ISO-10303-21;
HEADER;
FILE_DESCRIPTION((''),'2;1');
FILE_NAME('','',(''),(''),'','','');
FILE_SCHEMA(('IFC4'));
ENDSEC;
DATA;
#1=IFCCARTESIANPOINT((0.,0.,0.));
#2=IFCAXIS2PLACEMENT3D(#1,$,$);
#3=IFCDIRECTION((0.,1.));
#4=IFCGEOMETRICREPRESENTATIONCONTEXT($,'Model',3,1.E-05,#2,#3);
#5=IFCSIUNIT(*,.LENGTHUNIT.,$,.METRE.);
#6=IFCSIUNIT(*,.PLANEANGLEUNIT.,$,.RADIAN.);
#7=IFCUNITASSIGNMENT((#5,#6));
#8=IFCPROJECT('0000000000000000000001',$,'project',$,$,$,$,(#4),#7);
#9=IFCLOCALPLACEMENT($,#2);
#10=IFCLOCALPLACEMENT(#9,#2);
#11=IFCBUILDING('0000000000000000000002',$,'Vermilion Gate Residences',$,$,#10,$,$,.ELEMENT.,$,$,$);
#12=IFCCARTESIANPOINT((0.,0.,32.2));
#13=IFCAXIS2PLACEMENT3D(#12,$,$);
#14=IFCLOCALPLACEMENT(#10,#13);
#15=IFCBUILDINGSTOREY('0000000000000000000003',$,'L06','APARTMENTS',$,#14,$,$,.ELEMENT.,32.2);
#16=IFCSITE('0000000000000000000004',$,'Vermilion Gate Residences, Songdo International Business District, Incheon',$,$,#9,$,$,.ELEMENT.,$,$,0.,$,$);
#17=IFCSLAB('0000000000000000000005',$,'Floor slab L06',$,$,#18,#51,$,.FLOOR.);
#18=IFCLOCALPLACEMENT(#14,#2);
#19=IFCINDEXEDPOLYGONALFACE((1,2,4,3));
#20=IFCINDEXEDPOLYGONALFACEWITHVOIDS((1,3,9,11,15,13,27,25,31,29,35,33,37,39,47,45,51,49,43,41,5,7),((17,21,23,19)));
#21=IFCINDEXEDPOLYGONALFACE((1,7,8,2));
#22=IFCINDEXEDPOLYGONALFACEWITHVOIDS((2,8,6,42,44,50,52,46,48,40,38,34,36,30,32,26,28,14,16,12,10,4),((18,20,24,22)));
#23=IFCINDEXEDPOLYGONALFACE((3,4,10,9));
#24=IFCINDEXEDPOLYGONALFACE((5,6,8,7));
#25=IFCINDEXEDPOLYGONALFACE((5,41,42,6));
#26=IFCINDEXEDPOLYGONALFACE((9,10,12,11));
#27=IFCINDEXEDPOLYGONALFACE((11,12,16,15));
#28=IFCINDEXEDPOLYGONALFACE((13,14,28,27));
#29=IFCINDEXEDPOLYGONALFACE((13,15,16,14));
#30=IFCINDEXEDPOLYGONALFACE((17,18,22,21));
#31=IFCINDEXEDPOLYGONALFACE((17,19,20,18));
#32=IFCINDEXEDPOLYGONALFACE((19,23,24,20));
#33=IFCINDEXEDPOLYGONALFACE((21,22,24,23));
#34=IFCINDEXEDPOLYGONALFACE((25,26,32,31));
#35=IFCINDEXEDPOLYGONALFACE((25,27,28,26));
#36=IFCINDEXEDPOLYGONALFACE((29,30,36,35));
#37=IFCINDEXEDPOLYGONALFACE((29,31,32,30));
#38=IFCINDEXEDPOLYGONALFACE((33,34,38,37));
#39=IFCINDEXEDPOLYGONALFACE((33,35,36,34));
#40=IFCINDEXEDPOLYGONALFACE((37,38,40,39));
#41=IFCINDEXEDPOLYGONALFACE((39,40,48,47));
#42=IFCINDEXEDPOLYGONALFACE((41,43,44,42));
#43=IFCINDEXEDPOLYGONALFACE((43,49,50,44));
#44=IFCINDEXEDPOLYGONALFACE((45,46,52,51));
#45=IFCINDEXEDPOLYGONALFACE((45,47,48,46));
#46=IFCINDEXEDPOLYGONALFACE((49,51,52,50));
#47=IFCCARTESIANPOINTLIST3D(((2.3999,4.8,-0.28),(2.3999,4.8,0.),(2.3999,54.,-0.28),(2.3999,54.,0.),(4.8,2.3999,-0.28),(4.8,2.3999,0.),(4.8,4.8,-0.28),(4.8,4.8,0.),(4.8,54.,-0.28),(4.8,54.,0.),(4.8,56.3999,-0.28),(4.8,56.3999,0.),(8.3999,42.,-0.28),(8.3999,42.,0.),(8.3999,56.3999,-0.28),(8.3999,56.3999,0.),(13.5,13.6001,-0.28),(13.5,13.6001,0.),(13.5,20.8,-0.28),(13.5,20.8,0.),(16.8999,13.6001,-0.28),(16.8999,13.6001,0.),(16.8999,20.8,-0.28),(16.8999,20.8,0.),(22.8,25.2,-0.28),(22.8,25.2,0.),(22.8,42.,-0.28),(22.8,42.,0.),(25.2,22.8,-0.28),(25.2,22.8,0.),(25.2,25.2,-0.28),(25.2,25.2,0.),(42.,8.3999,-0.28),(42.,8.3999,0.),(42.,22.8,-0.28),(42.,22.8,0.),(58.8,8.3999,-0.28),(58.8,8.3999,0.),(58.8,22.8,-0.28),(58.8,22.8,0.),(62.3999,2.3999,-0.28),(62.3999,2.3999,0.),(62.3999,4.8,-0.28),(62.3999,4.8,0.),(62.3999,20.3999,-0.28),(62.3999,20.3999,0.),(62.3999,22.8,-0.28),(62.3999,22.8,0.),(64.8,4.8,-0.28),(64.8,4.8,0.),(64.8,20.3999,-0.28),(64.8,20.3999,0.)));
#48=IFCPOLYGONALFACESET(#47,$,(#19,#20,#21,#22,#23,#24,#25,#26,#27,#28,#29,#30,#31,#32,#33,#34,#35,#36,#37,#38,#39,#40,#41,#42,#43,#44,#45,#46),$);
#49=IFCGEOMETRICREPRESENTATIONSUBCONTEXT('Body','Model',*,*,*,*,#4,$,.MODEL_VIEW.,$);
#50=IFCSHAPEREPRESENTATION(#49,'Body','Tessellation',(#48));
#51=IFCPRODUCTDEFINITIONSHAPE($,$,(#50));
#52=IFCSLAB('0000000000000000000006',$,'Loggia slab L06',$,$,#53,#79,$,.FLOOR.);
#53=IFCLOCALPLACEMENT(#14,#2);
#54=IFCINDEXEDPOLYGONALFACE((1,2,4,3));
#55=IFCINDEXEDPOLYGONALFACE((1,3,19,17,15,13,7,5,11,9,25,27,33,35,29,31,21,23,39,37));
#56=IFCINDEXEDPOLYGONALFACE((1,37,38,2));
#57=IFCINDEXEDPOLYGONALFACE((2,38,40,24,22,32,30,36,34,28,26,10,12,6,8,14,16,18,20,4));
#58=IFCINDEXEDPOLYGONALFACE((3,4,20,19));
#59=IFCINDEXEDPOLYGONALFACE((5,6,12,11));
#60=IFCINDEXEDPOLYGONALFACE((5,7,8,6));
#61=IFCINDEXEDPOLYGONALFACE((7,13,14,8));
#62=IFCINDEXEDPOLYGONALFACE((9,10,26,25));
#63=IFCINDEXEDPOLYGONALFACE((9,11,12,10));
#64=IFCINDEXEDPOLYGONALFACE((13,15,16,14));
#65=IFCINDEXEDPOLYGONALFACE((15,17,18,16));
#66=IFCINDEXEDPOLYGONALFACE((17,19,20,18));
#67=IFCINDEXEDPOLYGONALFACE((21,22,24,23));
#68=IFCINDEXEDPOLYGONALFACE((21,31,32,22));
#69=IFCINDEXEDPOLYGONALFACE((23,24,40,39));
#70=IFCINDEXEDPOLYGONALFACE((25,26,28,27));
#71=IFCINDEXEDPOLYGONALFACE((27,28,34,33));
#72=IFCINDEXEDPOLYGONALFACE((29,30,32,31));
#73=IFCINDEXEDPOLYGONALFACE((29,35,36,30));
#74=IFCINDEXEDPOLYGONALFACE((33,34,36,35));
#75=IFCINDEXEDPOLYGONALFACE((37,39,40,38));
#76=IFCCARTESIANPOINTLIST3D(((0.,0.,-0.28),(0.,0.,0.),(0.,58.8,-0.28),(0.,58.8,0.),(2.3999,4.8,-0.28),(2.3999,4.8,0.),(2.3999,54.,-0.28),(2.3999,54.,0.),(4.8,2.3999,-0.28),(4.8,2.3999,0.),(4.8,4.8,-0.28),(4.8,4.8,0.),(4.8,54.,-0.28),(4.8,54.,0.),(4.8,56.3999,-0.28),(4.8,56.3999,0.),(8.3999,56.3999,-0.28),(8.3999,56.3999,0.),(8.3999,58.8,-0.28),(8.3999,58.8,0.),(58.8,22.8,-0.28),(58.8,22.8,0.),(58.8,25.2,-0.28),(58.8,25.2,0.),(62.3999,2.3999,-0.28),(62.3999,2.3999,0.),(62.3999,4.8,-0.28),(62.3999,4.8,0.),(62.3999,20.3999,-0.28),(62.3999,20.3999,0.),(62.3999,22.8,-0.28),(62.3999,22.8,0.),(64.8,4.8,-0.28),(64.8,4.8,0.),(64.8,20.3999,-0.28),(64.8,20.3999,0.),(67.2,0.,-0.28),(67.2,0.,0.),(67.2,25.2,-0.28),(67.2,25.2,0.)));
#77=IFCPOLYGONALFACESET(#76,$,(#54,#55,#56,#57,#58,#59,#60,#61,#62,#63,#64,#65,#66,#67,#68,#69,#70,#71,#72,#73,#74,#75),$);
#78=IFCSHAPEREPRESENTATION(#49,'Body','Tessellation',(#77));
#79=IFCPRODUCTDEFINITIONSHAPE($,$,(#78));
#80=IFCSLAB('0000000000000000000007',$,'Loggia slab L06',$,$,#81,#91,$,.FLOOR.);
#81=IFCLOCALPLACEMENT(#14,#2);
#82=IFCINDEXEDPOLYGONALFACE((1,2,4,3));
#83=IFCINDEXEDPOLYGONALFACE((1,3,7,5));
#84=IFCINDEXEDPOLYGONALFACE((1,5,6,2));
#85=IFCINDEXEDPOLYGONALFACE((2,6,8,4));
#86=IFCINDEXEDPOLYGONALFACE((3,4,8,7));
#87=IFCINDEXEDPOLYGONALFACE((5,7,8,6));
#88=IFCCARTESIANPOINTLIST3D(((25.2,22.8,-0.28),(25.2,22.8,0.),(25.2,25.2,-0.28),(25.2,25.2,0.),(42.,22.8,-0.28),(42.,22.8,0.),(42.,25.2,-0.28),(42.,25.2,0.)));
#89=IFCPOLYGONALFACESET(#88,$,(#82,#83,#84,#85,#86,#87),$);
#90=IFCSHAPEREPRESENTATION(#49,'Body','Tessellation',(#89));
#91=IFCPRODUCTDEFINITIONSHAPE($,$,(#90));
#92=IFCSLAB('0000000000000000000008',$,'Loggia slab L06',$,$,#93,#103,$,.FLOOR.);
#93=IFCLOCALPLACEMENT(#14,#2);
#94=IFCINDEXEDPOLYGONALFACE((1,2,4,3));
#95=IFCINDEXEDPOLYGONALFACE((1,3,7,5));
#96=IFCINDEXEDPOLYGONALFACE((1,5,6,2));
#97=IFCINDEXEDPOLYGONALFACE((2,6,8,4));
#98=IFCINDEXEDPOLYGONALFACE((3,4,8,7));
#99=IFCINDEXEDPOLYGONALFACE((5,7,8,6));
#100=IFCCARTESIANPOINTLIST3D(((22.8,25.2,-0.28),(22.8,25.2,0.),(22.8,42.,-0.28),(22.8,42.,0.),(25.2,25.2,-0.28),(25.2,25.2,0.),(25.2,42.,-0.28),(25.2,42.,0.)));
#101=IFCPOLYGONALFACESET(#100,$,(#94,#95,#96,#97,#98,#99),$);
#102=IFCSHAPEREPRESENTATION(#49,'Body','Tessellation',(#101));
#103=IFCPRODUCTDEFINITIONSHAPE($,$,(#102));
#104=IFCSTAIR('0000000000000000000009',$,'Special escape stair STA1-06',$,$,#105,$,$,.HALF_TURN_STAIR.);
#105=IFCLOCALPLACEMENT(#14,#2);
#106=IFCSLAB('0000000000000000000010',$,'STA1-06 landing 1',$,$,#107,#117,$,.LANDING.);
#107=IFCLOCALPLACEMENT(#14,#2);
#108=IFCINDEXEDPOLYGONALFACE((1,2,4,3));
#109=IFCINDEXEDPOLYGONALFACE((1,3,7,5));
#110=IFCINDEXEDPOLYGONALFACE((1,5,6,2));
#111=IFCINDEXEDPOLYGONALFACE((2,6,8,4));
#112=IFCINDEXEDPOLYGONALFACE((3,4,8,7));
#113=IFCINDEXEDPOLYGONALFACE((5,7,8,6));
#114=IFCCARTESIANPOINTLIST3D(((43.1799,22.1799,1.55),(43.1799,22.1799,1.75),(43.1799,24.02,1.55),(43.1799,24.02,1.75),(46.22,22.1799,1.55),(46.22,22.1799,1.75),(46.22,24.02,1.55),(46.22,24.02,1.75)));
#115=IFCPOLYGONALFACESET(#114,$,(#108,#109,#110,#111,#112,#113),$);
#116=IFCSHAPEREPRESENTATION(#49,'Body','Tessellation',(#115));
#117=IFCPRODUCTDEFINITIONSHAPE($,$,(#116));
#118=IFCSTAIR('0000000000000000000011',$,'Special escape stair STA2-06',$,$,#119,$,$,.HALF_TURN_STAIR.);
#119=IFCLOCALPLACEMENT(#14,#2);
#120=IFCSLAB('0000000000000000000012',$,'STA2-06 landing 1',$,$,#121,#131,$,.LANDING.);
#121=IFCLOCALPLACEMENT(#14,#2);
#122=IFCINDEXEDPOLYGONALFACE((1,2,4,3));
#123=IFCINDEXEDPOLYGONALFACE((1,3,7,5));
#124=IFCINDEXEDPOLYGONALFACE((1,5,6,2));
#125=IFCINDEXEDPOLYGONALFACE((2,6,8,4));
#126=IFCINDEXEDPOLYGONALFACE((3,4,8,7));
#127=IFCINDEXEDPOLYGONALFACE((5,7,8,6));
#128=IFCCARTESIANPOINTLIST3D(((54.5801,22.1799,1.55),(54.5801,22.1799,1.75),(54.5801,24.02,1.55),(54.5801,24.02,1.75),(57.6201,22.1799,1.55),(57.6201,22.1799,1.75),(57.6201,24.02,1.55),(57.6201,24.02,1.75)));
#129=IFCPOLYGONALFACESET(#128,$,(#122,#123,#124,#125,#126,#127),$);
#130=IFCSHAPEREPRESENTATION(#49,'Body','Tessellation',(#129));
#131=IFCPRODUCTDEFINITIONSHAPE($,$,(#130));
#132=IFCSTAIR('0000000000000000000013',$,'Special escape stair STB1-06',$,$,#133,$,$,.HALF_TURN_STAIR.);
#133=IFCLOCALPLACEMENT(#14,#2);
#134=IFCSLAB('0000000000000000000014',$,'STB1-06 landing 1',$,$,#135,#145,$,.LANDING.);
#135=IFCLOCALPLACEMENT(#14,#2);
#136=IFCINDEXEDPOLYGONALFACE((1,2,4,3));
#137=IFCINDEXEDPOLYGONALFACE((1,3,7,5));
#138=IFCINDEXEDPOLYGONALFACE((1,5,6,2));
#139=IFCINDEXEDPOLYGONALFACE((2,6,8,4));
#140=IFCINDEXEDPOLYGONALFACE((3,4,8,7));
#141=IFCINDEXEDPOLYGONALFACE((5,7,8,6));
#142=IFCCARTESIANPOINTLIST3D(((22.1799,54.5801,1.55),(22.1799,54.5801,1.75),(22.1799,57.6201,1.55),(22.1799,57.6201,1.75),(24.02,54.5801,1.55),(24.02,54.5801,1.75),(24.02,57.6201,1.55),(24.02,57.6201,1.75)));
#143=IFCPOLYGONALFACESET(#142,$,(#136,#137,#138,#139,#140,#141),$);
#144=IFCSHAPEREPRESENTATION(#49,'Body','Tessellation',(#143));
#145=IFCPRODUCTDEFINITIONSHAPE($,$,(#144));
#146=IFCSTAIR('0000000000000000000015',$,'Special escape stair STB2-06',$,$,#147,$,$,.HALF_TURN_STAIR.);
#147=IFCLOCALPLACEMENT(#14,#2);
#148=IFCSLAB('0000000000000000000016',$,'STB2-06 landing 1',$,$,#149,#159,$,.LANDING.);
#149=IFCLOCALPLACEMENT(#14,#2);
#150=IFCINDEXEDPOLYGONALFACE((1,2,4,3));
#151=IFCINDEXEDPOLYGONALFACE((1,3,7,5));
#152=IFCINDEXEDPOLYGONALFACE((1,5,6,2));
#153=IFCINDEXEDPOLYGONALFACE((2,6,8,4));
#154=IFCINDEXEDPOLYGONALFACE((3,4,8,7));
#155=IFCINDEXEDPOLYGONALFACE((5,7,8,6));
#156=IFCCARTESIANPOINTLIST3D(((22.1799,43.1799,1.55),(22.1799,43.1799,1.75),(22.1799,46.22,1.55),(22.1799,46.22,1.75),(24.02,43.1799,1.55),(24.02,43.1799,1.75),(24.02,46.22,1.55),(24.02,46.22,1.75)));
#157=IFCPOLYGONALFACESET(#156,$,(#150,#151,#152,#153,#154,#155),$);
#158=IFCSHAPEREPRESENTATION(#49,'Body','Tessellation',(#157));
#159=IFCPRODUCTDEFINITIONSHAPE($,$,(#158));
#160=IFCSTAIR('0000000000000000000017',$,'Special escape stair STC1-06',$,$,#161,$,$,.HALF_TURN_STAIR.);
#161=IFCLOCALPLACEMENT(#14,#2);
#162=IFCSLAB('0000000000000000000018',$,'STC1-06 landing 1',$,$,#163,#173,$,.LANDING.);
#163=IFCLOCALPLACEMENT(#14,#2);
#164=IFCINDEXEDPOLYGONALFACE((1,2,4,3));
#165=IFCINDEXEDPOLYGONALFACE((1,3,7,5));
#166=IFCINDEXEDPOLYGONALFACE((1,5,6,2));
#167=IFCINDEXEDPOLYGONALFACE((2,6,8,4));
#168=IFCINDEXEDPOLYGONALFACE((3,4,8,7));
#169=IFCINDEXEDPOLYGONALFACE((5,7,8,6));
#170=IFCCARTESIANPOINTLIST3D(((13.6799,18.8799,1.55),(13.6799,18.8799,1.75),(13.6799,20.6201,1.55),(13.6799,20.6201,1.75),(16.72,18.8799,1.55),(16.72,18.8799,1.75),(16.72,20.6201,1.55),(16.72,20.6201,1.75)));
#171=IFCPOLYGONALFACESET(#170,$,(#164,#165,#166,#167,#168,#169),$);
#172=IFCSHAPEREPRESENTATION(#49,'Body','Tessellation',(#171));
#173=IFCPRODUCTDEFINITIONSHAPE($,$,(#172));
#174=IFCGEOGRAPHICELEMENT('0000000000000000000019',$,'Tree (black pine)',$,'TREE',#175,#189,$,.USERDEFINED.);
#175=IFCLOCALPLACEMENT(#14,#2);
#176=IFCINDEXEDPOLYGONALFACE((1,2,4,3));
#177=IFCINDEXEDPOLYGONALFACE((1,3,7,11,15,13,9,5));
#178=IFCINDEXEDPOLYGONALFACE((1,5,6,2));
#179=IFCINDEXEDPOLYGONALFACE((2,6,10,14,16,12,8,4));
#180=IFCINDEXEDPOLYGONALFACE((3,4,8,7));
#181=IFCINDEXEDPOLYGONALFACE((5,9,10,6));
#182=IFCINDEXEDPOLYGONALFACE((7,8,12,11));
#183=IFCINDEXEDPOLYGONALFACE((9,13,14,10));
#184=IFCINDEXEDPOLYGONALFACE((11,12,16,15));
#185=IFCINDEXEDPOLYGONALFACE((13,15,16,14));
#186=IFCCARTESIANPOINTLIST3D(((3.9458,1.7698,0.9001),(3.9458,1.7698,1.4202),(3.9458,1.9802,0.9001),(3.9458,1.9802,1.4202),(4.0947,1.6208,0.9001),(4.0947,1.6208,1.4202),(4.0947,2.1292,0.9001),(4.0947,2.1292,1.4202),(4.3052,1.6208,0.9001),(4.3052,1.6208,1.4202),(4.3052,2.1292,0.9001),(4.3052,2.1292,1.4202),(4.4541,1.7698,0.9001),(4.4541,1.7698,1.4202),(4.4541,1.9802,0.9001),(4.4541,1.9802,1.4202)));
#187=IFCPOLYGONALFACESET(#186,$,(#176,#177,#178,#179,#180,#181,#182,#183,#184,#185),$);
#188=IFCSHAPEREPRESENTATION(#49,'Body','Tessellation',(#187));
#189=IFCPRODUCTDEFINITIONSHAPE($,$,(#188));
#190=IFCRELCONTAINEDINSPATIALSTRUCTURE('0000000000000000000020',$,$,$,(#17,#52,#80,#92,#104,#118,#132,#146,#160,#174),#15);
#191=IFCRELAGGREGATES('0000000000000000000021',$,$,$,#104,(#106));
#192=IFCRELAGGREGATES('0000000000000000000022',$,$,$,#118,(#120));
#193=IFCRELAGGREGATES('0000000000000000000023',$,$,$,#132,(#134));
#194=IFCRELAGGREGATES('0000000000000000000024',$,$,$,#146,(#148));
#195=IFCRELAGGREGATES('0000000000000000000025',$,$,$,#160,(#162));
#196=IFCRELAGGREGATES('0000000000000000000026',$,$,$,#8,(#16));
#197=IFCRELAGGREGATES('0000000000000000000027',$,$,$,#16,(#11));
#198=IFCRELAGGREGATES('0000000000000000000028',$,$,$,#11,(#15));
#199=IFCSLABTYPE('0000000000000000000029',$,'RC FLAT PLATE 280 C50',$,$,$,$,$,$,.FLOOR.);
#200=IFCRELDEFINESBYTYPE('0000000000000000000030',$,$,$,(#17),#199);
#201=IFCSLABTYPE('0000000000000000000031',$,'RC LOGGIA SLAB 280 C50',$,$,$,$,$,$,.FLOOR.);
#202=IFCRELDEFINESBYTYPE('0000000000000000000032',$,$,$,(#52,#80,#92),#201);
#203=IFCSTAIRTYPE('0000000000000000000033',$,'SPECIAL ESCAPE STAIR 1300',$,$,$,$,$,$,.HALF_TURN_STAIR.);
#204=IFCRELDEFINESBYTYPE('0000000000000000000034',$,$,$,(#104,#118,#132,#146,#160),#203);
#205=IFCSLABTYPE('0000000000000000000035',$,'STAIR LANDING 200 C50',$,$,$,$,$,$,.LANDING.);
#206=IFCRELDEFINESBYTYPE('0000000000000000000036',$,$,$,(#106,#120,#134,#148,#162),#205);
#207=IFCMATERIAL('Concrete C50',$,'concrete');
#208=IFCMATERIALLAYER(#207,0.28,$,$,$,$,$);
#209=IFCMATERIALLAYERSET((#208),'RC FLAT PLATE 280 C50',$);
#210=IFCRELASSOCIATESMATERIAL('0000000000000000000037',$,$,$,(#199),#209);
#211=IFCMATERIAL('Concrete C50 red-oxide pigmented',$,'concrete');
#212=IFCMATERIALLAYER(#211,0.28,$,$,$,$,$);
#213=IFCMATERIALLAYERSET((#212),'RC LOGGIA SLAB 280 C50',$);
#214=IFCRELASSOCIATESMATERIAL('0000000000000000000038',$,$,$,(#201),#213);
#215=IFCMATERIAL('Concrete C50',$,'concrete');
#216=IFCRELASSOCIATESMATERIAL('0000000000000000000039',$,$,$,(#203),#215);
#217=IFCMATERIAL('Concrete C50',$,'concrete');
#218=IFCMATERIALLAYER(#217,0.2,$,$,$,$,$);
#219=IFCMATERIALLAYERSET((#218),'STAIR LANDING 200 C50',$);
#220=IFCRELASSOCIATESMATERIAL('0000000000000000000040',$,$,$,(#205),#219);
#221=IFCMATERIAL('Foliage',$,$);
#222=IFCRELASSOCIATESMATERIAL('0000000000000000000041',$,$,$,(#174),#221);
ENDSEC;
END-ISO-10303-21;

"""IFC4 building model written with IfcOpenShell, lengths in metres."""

from ifc_helpers import new_model, si_unit, direction, frame, origin, place, context, subcontext, project, spatial, polyline, outline, extrude, material, layer, layer_set, type_object, element, aggregate, save


model = new_model("IFC4")

# Units and contexts
model_context = context("Model", 3, precision=1e-05, world=origin(), true_north=direction((0.0, 1.0)))
body_context = subcontext(model_context, "Body", "Model", "MODEL_VIEW")
ifc_project = project(units=[si_unit("LENGTHUNIT", "METRE"), si_unit("PLANEANGLEUNIT", "RADIAN")], contexts=[model_context])

# Site, building, storey
site_placement = place(None, origin())
site = spatial("IfcSite", under=ifc_project, at=site_placement, Name="Vermilion Gate Residences, Songdo International Business District, Incheon", CompositionType="ELEMENT", RefElevation=0.0)
building_placement = place(site_placement, origin())
building = spatial("IfcBuilding", under=site, at=building_placement, Name="Vermilion Gate Residences", CompositionType="ELEMENT")
storey_placement = place(building_placement, frame((0.0, 0.0, 32.2)))
storey = spatial("IfcBuildingStorey", under=building, at=storey_placement, Name="L06", Description="APARTMENTS", CompositionType="ELEMENT", Elevation=32.2)

# Slabs
ifc_material_1 = material(Name="Concrete C50", Category="concrete")
ifc_layer_1 = layer(ifc_material_1, 0.28)
ifc_layer_set_1 = layer_set([ifc_layer_1], Name="RC FLAT PLATE 280 C50")
slab_type_1 = type_object("IfcSlabType", Name="RC FLAT PLATE 280 C50", PredefinedType="FLOOR", material=ifc_layer_set_1)
slab_1_placement = place(storey_placement, frame((0.0, 0.0, -0.28)))
element("IfcSlab", 1, at=slab_1_placement, inside=storey, type_object=slab_type_1, Name="Floor slab L06", PredefinedType="FLOOR", context=body_context, shape_type="SweptSolid", body=[
    extrude(outline(polyline([(22.8, 25.2), (22.8, 42.0), (8.3999, 42.0), (8.3999, 56.3999), (4.8, 56.3999), (4.8, 54.0), (2.3999, 54.0), (2.3999, 4.8), (4.8, 4.8), (4.8, 2.3999), (62.3999, 2.3999), (62.3999, 4.8), (64.8, 4.8), (64.8, 20.3999), (62.3999, 20.3999), (62.3999, 22.8), (58.8, 22.8), (58.8, 8.3999), (42.0, 8.3999), (42.0, 22.8), (25.2, 22.8), (25.2, 25.2), (22.8, 25.2)]), holes=[polyline([(13.5, 13.6001), (13.5, 20.8), (16.8999, 20.8), (16.8999, 13.6001), (13.5, 13.6001)])]), origin(), (0.0, 0.0, 1.0), 0.28),
])
ifc_material_2 = material(Name="Concrete C50 red-oxide pigmented", Category="concrete")
ifc_layer_2 = layer(ifc_material_2, 0.28)
ifc_layer_set_2 = layer_set([ifc_layer_2], Name="RC LOGGIA SLAB 280 C50")
slab_type_2 = type_object("IfcSlabType", Name="RC LOGGIA SLAB 280 C50", PredefinedType="FLOOR", material=ifc_layer_set_2)
slab_2_placement = place(storey_placement, frame((0.0, 0.0, -0.28)))
element("IfcSlab", 2, at=slab_2_placement, inside=storey, type_object=slab_type_2, Name="Loggia slab L06", PredefinedType="FLOOR", context=body_context, shape_type="SweptSolid", body=[
    extrude(outline(polyline([(0.0, 58.8), (0.0, 0.0), (67.2, 0.0), (67.2, 25.2), (58.8, 25.2), (58.8, 22.8), (62.3999, 22.8), (62.3999, 20.3999), (64.8, 20.3999), (64.8, 4.8), (62.3999, 4.8), (62.3999, 2.3999), (4.8, 2.3999), (4.8, 4.8), (2.3999, 4.8), (2.3999, 54.0), (4.8, 54.0), (4.8, 56.3999), (8.3999, 56.3999), (8.3999, 58.8), (0.0, 58.8)])), origin(), (0.0, 0.0, 1.0), 0.28),
])
slab_3_placement = place(storey_placement, frame((0.0, 0.0, -0.28)))
element("IfcSlab", 3, at=slab_3_placement, inside=storey, type_object=slab_type_2, Name="Loggia slab L06", PredefinedType="FLOOR", context=body_context, shape_type="SweptSolid", body=[
    extrude(outline(polyline([(25.2, 22.8), (42.0, 22.8), (42.0, 25.2), (25.2, 25.2), (25.2, 22.8)])), origin(), (0.0, 0.0, 1.0), 0.28),
])
slab_4_placement = place(storey_placement, frame((0.0, 0.0, -0.28)))
element("IfcSlab", 4, at=slab_4_placement, inside=storey, type_object=slab_type_2, Name="Loggia slab L06", PredefinedType="FLOOR", context=body_context, shape_type="SweptSolid", body=[
    extrude(outline(polyline([(22.8, 42.0), (22.8, 25.2), (25.2, 25.2), (25.2, 42.0), (22.8, 42.0)])), origin(), (0.0, 0.0, 1.0), 0.28),
])

# Stairs, slabs
ifc_material_3 = material(Name="Concrete C50", Category="concrete")
stair_type = type_object("IfcStairType", Name="SPECIAL ESCAPE STAIR 1300", PredefinedType="HALF_TURN_STAIR", material=ifc_material_3)
stair_1_placement = place(storey_placement, origin())
stair_1 = element("IfcStair", 5, at=stair_1_placement, inside=storey, type_object=stair_type, Name="Special escape stair STA1-06", PredefinedType="HALF_TURN_STAIR")
ifc_material_4 = material(Name="Concrete C50", Category="concrete")
ifc_layer_3 = layer(ifc_material_4, 0.2)
ifc_layer_set_3 = layer_set([ifc_layer_3], Name="STAIR LANDING 200 C50")
slab_type_3 = type_object("IfcSlabType", Name="STAIR LANDING 200 C50", PredefinedType="LANDING", material=ifc_layer_set_3)
slab_5_placement = place(storey_placement, frame((0.0, 0.0, 1.55)))
slab_5 = element("IfcSlab", 6, at=slab_5_placement, type_object=slab_type_3, Name="STA1-06 landing 1", PredefinedType="LANDING", context=body_context, shape_type="SweptSolid", body=[
    extrude(outline(polyline([(46.22, 22.1799), (46.22, 24.02), (43.1799, 24.02), (43.1799, 22.1799), (46.22, 22.1799)])), origin(), (0.0, 0.0, 1.0), 0.2),
])
aggregate(stair_1, [slab_5])
stair_2_placement = place(storey_placement, origin())
stair_2 = element("IfcStair", 7, at=stair_2_placement, inside=storey, type_object=stair_type, Name="Special escape stair STA2-06", PredefinedType="HALF_TURN_STAIR")
slab_6_placement = place(storey_placement, frame((0.0, 0.0, 1.55)))
slab_6 = element("IfcSlab", 8, at=slab_6_placement, type_object=slab_type_3, Name="STA2-06 landing 1", PredefinedType="LANDING", context=body_context, shape_type="SweptSolid", body=[
    extrude(outline(polyline([(57.6201, 22.1799), (57.6201, 24.02), (54.5801, 24.02), (54.5801, 22.1799), (57.6201, 22.1799)])), origin(), (0.0, 0.0, 1.0), 0.2),
])
aggregate(stair_2, [slab_6])
stair_3_placement = place(storey_placement, origin())
stair_3 = element("IfcStair", 9, at=stair_3_placement, inside=storey, type_object=stair_type, Name="Special escape stair STB1-06", PredefinedType="HALF_TURN_STAIR")
slab_7_placement = place(storey_placement, frame((0.0, 0.0, 1.55)))
slab_7 = element("IfcSlab", 10, at=slab_7_placement, type_object=slab_type_3, Name="STB1-06 landing 1", PredefinedType="LANDING", context=body_context, shape_type="SweptSolid", body=[
    extrude(outline(polyline([(24.02, 54.5801), (24.02, 57.6201), (22.1799, 57.6201), (22.1799, 54.5801), (24.02, 54.5801)])), origin(), (0.0, 0.0, 1.0), 0.2),
])
aggregate(stair_3, [slab_7])
stair_4_placement = place(storey_placement, origin())
stair_4 = element("IfcStair", 11, at=stair_4_placement, inside=storey, type_object=stair_type, Name="Special escape stair STB2-06", PredefinedType="HALF_TURN_STAIR")
slab_8_placement = place(storey_placement, frame((0.0, 0.0, 1.55)))
slab_8 = element("IfcSlab", 12, at=slab_8_placement, type_object=slab_type_3, Name="STB2-06 landing 1", PredefinedType="LANDING", context=body_context, shape_type="SweptSolid", body=[
    extrude(outline(polyline([(24.02, 43.1799), (24.02, 46.22), (22.1799, 46.22), (22.1799, 43.1799), (24.02, 43.1799)])), origin(), (0.0, 0.0, 1.0), 0.2),
])
aggregate(stair_4, [slab_8])
stair_5_placement = place(storey_placement, origin())
stair_5 = element("IfcStair", 13, at=stair_5_placement, inside=storey, type_object=stair_type, Name="Special escape stair STC1-06", PredefinedType="HALF_TURN_STAIR")
slab_9_placement = place(storey_placement, frame((0.0, 0.0, 1.55)))
slab_9 = element("IfcSlab", 14, at=slab_9_placement, type_object=slab_type_3, Name="STC1-06 landing 1", PredefinedType="LANDING", context=body_context, shape_type="SweptSolid", body=[
    extrude(outline(polyline([(16.72, 18.8799), (16.72, 20.6201), (13.6799, 20.6201), (13.6799, 18.8799), (16.72, 18.8799)])), origin(), (0.0, 0.0, 1.0), 0.2),
])
aggregate(stair_5, [slab_9])

# Geographic element
ifc_material_5 = material(Name="Foliage")
geographic_element_1_placement = place(storey_placement, frame((0.0, 0.0, 0.9001)))
element("IfcGeographicElement", 15, at=geographic_element_1_placement, inside=storey, material=ifc_material_5, Name="Tree (black pine)", ObjectType="TREE", PredefinedType="USERDEFINED", context=body_context, shape_type="SweptSolid", body=[
    extrude(outline(polyline([(4.4541, 1.9802), (4.3052, 2.1292), (4.0947, 2.1292), (3.9458, 1.9802), (3.9458, 1.7698), (4.0947, 1.6208), (4.3052, 1.6208), (4.4541, 1.7698), (4.4541, 1.9802)])), origin(), (0.0, 0.0, 1.0), 0.52),
])

save(model, "model.ifc")
